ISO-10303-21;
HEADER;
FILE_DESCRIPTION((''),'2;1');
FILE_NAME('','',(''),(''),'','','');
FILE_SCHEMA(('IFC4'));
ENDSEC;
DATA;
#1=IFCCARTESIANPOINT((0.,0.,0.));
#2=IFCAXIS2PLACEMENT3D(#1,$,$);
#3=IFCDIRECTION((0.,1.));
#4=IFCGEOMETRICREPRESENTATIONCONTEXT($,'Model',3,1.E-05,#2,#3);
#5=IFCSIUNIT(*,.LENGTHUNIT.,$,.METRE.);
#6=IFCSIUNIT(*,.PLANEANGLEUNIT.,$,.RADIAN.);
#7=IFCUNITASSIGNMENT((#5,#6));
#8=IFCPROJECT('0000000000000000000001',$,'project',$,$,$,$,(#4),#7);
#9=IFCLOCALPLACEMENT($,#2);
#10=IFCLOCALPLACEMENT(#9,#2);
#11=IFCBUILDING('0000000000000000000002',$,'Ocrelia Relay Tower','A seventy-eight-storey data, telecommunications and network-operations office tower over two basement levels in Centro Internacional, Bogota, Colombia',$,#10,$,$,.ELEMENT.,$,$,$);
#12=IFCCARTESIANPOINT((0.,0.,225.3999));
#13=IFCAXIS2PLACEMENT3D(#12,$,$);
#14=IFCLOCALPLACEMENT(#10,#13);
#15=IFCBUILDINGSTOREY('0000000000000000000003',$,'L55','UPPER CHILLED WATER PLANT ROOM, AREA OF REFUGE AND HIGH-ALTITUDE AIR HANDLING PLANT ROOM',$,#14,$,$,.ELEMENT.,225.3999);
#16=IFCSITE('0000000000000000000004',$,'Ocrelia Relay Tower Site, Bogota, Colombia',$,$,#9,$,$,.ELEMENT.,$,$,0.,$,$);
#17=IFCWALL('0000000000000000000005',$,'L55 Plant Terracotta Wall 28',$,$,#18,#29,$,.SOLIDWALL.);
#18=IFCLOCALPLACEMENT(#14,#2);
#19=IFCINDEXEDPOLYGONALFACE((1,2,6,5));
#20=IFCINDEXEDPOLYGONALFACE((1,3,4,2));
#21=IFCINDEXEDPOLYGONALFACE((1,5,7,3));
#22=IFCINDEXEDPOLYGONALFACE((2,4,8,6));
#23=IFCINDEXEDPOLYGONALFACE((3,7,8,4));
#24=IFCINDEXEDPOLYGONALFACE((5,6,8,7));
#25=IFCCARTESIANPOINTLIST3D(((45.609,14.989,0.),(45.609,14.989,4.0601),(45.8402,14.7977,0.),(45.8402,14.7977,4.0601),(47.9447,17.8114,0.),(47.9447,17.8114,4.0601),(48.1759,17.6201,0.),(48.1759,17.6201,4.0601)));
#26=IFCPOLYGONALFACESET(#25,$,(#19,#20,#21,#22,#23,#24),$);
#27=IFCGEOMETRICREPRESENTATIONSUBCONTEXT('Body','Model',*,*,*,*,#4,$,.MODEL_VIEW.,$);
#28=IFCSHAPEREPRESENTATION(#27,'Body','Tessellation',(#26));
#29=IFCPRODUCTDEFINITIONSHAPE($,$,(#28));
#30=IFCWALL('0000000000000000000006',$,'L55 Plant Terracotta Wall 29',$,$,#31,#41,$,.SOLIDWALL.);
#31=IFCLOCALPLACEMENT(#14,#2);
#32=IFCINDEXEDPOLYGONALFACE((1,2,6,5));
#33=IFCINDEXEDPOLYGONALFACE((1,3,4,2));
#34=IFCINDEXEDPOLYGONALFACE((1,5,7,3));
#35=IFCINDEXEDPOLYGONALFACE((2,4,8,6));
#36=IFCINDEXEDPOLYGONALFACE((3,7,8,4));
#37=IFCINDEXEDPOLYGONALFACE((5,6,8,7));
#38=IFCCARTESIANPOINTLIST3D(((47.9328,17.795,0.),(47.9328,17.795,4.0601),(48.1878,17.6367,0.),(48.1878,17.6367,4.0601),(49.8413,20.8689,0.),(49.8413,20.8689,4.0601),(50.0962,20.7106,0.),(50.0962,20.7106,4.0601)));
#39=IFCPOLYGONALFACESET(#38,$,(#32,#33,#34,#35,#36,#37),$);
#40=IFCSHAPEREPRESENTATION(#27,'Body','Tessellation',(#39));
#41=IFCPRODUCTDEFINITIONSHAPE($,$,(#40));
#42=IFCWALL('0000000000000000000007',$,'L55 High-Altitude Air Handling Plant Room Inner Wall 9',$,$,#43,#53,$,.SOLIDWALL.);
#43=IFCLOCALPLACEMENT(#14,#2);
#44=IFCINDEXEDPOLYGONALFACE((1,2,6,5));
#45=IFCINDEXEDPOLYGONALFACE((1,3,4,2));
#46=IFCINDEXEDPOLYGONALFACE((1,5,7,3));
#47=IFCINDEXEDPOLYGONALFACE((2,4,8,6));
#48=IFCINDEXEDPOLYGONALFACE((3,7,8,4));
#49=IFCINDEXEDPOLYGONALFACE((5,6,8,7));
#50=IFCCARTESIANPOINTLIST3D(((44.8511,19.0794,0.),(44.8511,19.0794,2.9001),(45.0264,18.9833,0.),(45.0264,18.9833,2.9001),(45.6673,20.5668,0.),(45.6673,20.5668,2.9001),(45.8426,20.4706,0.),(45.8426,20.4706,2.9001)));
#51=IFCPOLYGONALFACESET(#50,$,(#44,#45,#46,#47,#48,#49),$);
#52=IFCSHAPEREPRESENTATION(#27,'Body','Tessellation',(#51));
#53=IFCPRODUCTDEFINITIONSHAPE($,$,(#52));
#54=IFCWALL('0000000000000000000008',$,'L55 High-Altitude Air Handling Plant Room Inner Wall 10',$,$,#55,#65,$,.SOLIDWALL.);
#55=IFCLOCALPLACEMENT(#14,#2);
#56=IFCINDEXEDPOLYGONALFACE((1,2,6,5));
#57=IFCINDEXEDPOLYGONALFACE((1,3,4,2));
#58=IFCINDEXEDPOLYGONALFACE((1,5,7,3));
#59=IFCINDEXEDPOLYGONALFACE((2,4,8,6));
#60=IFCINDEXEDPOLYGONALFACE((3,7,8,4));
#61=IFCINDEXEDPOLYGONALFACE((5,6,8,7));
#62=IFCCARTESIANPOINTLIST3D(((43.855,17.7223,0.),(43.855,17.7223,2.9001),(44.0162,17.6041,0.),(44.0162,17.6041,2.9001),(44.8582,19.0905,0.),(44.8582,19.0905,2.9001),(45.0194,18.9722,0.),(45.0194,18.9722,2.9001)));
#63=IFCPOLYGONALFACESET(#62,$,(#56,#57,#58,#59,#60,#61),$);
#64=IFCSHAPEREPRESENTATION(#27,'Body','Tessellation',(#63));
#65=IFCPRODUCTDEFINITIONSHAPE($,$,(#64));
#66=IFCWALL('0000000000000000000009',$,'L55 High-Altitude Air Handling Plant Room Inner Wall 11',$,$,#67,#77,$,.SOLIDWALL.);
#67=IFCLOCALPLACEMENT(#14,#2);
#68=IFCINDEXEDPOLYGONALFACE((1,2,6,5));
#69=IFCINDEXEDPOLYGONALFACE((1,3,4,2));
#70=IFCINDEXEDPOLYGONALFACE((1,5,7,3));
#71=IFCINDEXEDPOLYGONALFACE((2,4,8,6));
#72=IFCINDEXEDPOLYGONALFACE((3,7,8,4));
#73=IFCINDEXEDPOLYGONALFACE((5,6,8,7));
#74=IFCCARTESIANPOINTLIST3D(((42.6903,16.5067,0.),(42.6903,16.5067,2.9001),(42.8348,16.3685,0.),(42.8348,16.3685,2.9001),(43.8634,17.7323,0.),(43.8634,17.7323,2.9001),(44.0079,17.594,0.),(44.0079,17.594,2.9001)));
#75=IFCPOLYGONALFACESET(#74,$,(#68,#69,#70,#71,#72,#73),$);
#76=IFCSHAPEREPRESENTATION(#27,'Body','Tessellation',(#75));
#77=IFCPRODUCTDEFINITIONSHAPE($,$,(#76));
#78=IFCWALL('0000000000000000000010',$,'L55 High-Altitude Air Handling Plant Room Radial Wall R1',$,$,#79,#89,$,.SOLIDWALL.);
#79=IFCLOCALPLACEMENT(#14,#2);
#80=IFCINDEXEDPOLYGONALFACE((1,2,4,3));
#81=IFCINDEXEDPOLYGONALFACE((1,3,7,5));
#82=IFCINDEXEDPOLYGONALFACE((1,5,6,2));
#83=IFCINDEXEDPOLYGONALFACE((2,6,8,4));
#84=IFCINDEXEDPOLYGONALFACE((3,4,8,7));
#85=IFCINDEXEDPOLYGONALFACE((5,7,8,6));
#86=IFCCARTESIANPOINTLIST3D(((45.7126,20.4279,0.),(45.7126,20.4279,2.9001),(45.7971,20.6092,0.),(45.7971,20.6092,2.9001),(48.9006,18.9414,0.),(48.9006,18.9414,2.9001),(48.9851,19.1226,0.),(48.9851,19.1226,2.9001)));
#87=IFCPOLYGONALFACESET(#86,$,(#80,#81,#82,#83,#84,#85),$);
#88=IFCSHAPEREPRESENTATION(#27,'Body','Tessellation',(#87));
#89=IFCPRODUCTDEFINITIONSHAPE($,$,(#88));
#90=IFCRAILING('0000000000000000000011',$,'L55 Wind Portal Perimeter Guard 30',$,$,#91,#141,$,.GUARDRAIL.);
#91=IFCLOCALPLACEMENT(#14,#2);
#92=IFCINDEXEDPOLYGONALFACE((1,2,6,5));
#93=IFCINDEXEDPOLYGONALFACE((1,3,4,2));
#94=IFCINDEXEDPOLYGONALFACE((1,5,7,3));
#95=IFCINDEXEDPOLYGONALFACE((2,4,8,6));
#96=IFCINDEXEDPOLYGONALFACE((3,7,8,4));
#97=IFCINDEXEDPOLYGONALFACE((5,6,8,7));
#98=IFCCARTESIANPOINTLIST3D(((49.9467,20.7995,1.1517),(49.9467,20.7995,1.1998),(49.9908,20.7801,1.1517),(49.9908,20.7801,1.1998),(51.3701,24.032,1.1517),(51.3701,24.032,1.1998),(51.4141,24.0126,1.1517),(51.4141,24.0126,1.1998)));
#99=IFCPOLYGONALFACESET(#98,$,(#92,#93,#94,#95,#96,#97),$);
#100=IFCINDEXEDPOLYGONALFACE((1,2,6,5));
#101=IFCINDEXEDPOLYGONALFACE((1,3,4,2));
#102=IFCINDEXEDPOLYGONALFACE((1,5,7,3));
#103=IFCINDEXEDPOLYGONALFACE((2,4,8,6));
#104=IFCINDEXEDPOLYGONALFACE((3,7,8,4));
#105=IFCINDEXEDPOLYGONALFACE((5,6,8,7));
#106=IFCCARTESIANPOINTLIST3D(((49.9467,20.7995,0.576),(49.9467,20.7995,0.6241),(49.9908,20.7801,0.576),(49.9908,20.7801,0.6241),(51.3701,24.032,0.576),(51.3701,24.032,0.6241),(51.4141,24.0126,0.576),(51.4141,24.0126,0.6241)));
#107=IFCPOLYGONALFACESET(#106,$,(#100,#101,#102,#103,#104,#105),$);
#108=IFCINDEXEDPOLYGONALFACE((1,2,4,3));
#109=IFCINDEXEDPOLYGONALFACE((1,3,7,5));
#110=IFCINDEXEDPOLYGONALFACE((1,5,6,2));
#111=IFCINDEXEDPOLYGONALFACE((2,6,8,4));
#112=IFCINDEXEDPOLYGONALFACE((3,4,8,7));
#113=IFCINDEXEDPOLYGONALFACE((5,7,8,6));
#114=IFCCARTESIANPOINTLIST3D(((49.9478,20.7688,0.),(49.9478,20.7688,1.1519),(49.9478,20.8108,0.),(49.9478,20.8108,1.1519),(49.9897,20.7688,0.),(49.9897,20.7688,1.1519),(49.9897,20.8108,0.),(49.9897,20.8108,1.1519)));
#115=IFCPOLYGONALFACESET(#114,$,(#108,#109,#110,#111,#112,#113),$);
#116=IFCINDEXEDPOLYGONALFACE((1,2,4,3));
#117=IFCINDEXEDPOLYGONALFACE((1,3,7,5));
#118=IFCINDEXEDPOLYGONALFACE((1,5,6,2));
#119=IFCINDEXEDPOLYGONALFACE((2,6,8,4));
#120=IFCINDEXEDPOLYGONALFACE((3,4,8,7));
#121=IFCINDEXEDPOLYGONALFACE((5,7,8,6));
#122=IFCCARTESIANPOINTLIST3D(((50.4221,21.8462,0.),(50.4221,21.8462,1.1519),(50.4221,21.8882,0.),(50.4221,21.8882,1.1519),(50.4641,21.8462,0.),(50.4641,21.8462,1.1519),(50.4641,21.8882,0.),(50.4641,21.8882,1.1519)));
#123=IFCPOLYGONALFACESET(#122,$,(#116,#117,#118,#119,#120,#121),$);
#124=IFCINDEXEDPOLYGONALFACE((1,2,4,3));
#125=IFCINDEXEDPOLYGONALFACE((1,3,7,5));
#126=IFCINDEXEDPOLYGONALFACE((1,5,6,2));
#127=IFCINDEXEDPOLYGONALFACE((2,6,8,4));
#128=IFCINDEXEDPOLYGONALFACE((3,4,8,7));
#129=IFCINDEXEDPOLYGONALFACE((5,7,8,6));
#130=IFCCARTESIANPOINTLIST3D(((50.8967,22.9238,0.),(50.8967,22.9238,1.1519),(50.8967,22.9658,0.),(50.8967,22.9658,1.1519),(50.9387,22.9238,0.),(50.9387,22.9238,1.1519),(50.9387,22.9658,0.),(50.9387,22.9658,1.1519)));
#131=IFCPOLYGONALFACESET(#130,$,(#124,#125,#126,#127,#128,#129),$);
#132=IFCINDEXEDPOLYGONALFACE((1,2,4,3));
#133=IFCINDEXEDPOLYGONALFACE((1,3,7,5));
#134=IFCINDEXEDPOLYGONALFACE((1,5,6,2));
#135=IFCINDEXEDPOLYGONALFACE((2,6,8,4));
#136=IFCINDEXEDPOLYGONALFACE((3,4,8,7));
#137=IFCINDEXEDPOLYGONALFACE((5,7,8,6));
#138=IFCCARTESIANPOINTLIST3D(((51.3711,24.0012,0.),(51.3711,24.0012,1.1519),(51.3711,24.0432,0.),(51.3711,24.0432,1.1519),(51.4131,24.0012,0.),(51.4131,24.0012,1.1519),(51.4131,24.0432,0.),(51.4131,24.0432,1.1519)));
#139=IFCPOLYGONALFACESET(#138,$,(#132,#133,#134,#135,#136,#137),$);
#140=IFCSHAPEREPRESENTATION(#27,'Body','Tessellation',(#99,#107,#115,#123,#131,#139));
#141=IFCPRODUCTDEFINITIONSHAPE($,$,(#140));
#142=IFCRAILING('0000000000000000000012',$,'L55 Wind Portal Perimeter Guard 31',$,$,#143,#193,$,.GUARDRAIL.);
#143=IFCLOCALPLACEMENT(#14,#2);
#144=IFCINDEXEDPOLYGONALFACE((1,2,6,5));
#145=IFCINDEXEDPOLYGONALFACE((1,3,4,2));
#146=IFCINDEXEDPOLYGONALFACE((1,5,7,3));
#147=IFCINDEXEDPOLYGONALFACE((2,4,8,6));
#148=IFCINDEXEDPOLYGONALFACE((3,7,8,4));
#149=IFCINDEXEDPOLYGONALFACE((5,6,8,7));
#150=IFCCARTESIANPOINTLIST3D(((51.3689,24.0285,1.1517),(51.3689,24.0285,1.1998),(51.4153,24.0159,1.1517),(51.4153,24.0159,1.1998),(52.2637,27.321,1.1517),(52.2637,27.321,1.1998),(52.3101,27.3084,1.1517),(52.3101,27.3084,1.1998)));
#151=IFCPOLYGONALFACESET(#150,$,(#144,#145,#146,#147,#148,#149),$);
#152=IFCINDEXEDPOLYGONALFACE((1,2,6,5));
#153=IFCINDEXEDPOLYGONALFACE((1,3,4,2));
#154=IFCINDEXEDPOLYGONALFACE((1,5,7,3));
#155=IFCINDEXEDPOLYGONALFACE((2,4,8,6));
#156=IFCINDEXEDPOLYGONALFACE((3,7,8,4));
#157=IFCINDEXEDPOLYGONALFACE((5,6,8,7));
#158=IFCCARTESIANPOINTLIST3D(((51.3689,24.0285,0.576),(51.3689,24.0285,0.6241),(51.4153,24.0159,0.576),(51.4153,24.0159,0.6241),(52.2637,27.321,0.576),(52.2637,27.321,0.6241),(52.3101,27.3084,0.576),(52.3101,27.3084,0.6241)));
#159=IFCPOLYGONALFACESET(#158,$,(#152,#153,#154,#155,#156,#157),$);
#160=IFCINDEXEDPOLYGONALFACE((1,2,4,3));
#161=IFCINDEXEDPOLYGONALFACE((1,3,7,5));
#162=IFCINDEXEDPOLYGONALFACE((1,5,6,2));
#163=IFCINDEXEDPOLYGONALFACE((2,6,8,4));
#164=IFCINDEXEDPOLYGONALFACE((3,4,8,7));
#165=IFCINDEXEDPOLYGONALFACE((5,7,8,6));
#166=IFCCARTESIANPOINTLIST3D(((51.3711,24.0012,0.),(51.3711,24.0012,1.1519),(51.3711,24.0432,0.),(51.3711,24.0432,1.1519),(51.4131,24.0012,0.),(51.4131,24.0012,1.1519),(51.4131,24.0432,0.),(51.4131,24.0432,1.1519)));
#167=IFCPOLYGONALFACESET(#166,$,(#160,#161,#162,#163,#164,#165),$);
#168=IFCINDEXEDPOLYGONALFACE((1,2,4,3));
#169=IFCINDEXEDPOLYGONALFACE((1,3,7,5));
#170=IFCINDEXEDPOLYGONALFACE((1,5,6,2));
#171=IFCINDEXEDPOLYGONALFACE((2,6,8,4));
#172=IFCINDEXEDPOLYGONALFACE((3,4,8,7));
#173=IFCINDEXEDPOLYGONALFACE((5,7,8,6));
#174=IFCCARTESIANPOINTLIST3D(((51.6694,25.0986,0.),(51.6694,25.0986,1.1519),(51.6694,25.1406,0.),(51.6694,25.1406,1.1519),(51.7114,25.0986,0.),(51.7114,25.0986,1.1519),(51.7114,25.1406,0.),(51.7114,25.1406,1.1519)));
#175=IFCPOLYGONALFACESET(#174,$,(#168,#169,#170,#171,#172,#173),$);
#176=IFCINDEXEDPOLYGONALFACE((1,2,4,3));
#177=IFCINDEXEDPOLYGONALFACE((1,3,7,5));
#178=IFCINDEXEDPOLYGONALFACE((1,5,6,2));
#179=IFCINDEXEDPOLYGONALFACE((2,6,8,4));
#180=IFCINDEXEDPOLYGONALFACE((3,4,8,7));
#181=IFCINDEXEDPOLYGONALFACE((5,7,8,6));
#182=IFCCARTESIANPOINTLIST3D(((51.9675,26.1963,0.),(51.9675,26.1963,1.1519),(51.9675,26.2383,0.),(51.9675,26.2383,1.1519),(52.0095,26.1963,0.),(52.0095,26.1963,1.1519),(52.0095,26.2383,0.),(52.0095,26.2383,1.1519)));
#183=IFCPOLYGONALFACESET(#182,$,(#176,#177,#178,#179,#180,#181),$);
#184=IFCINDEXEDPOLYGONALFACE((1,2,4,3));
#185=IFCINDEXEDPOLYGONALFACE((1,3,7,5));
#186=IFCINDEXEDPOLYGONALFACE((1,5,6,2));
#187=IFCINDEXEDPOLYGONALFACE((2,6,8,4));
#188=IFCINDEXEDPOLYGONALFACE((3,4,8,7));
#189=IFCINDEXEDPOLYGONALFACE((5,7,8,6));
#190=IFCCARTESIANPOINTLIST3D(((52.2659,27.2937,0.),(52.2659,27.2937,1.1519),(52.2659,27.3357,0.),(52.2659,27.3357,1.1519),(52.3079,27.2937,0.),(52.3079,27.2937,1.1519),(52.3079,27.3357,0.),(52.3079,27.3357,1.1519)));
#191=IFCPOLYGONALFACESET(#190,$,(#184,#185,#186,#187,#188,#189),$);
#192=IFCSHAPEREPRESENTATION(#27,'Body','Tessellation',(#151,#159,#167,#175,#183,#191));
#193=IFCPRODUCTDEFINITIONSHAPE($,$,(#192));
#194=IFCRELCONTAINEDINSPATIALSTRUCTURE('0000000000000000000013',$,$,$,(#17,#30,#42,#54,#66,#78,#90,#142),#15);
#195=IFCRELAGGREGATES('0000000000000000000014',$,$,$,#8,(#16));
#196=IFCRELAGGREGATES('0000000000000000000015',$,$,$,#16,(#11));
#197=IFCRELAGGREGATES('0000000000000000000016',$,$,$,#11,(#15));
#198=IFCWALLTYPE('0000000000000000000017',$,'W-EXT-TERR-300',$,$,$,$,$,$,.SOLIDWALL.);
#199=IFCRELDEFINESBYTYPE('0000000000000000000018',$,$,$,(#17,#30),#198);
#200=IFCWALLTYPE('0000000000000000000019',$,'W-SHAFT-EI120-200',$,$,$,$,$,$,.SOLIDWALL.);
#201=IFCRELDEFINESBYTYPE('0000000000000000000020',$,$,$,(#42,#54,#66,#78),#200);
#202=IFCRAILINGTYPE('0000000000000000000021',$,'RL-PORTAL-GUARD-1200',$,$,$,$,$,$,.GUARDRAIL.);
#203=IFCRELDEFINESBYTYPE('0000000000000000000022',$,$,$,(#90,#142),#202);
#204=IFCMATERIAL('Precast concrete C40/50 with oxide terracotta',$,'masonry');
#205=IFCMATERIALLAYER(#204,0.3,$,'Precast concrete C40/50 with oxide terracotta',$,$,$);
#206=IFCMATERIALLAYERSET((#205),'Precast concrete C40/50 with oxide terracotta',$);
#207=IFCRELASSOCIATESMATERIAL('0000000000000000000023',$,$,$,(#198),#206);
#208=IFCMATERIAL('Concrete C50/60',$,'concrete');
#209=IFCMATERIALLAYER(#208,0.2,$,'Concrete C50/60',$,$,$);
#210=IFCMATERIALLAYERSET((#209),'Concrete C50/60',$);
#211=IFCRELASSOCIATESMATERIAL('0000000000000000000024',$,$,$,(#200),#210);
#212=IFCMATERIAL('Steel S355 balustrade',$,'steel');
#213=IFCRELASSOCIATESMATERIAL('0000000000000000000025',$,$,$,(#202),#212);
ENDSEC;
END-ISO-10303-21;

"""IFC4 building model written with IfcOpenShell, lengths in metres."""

from ifc_helpers import new_model, si_unit, direction, frame, frame_2d, origin, origin_2d, place, context, subcontext, project, spatial, rectangle, extrude, material, layer, layer_set, type_object, element, save


model = new_model("IFC4")

# Units and contexts
model_context = context("Model", 3, precision=1e-05, world=origin(), true_north=direction((0.0, 1.0)))
body_context = subcontext(model_context, "Body", "Model", "MODEL_VIEW")
ifc_project = project(units=[si_unit("LENGTHUNIT", "METRE"), si_unit("PLANEANGLEUNIT", "RADIAN")], contexts=[model_context])

# Site, building, storey
site_placement = place(None, origin())
site = spatial("IfcSite", under=ifc_project, at=site_placement, Name="Ocrelia Relay Tower Site, Bogota, Colombia", CompositionType="ELEMENT", RefElevation=0.0)
building_placement = place(site_placement, origin())
building = spatial("IfcBuilding", under=site, at=building_placement, Name="Ocrelia Relay Tower", Description="A seventy-eight-storey data, telecommunications and network-operations office tower over two basement levels in Centro Internacional, Bogota, Colombia", CompositionType="ELEMENT")
storey_placement = place(building_placement, frame((0.0, 0.0, 225.3999)))
storey = spatial("IfcBuildingStorey", under=building, at=storey_placement, Name="L55", Description="UPPER CHILLED WATER PLANT ROOM, AREA OF REFUGE AND HIGH-ALTITUDE AIR HANDLING PLANT ROOM", CompositionType="ELEMENT", Elevation=225.3999)

# Walls
ifc_material_1 = material(Name="Precast concrete C40/50 with oxide terracotta", Category="masonry")
ifc_layer_1 = layer(ifc_material_1, 0.3, Name="Precast concrete C40/50 with oxide terracotta")
ifc_layer_set_1 = layer_set([ifc_layer_1], Name="Precast concrete C40/50 with oxide terracotta")
wall_type_1 = type_object("IfcWallType", Name="W-EXT-TERR-300", PredefinedType="SOLIDWALL", material=ifc_layer_set_1)
wall_1_placement = place(storey_placement, frame((45.7246, 14.8933, 0.0), z_axis=(0.0, 0.0, 1.0), x_axis=(0.637539, 0.770418, 0.0)))
element("IfcWall", 1, at=wall_1_placement, inside=storey, type_object=wall_type_1, Name="L55 Plant Terracotta Wall 28", PredefinedType="SOLIDWALL", context=body_context, shape_type="SweptSolid", body=[
    extrude(rectangle(XDim=3.6636, YDim=0.3, at=frame_2d((1.8318, 0.0))), origin(), (0.0, 0.0, 1.0), 4.0601),
])
wall_2_placement = place(storey_placement, frame((48.0603, 17.7158, 0.0), z_axis=(0.0, 0.0, 1.0), x_axis=(0.527455, 0.849583, 0.0)))
element("IfcWall", 2, at=wall_2_placement, inside=storey, type_object=wall_type_1, Name="L55 Plant Terracotta Wall 29", PredefinedType="SOLIDWALL", context=body_context, shape_type="SweptSolid", body=[
    extrude(rectangle(XDim=3.6182, YDim=0.3, at=frame_2d((1.8091, 0.0))), origin(), (0.0, 0.0, 1.0), 4.0601),
])
ifc_material_2 = material(Name="Concrete C50/60", Category="concrete")
ifc_layer_2 = layer(ifc_material_2, 0.2, Name="Concrete C50/60")
ifc_layer_set_2 = layer_set([ifc_layer_2], Name="Concrete C50/60")
wall_type_2 = type_object("IfcWallType", Name="W-SHAFT-EI120-200", PredefinedType="SOLIDWALL", material=ifc_layer_set_2)
for number, where, z_axis, x_axis, name in (
    (3, (45.7549, 20.5186, 0.0), (0.0, 0.0, 1.0), (-0.481079, -0.876677, 0.0), "L55 High-Altitude Air Handling Plant Room Inner Wall 9"),
    (4, (44.9387, 19.0312, 0.0), (0.0, 0.0, 1.0), (-0.591308, -0.806446, 0.0), "L55 High-Altitude Air Handling Plant Room Inner Wall 10"),
    (5, (43.9355, 17.6631, 0.0), (0.0, 0.0, 1.0), (-0.691468, -0.722407, 0.0), "L55 High-Altitude Air Handling Plant Room Inner Wall 11"),
):
    element("IfcWall", number, at=place(storey_placement, frame(where, z_axis=z_axis, x_axis=x_axis)), inside=storey, type_object=wall_type_2, Name=name, PredefinedType="SOLIDWALL", context=body_context, shape_type="SweptSolid", body=[
        extrude(rectangle(XDim=1.6965, YDim=0.2, at=frame_2d((0.8481, 0.0))), origin(), (0.0, 0.0, 1.0), 2.9001),
    ])
wall_3_placement = place(storey_placement, frame((45.7549, 20.5186, 0.0), z_axis=(0.0, 0.0, 1.0), x_axis=(0.906309, -0.422616, 0.0)))
element("IfcWall", 6, at=wall_3_placement, inside=storey, type_object=wall_type_2, Name="L55 High-Altitude Air Handling Plant Room Radial Wall R1", PredefinedType="SOLIDWALL", context=body_context, shape_type="SweptSolid", body=[
    extrude(rectangle(XDim=3.5176, YDim=0.2, at=frame_2d((1.7588, 0.0))), origin(), (0.0, 0.0, 1.0), 2.9001),
])

# Railings
ifc_material_3 = material(Name="Steel S355 balustrade", Category="steel")
railing_type = type_object("IfcRailingType", Name="RL-PORTAL-GUARD-1200", PredefinedType="GUARDRAIL", material=ifc_material_3)
railing_1_placement = place(storey_placement, frame((49.9688, 20.7898, 0.0)))
element("IfcRailing", 7, at=railing_1_placement, inside=storey, type_object=railing_type, Name="L55 Wind Portal Perimeter Guard 30", PredefinedType="GUARDRAIL", context=body_context, shape_type="SweptSolid", body=[
    extrude(rectangle(XDim=0.0481, YDim=0.0481, at=origin_2d()), frame((0.0, 0.0, 1.1758), z_axis=(0.402993, 0.915203, 0.0), x_axis=(-0.915203, 0.402993, 0.0)), (0.0, 0.0, 1.0), 3.532),
    extrude(rectangle(XDim=0.0481, YDim=0.0481, at=origin_2d()), frame((0.0, 0.0, 0.6001), z_axis=(0.402993, 0.915203, 0.0), x_axis=(-0.915203, 0.402993, 0.0)), (0.0, 0.0, 1.0), 3.532),
    extrude(rectangle(XDim=0.042, YDim=0.042, at=origin_2d()), origin(), (0.0, 0.0, 1.0), 1.1519),
    extrude(rectangle(XDim=0.042, YDim=0.042, at=origin_2d()), frame((0.4744, 1.0774, 0.0)), (0.0, 0.0, 1.0), 1.1519),
    extrude(rectangle(XDim=0.042, YDim=0.042, at=origin_2d()), frame((0.949, 2.155, 0.0)), (0.0, 0.0, 1.0), 1.1519),
    extrude(rectangle(XDim=0.042, YDim=0.042, at=origin_2d()), frame((1.4233, 3.2324, 0.0)), (0.0, 0.0, 1.0), 1.1519),
])
railing_2_placement = place(storey_placement, frame((51.3921, 24.0222, 0.0)))
element("IfcRailing", 8, at=railing_2_placement, inside=storey, type_object=railing_type, Name="L55 Wind Portal Perimeter Guard 31", PredefinedType="GUARDRAIL", context=body_context, shape_type="SweptSolid", body=[
    extrude(rectangle(XDim=0.0481, YDim=0.0481, at=origin_2d()), frame((0.0, 0.0, 1.1758), z_axis=(0.262251, 0.965, 0.0), x_axis=(-0.965, 0.262251, 0.0)), (0.0, 0.0, 1.0), 3.4119),
    extrude(rectangle(XDim=0.0481, YDim=0.0481, at=origin_2d()), frame((0.0, 0.0, 0.6001), z_axis=(0.262251, 0.965, 0.0), x_axis=(-0.965, 0.262251, 0.0)), (0.0, 0.0, 1.0), 3.4119),
    extrude(rectangle(XDim=0.042, YDim=0.042, at=origin_2d()), origin(), (0.0, 0.0, 1.0), 1.1519),
    extrude(rectangle(XDim=0.042, YDim=0.042, at=origin_2d()), frame((0.2983, 1.0974, 0.0)), (0.0, 0.0, 1.0), 1.1519),
    extrude(rectangle(XDim=0.042, YDim=0.042, at=origin_2d()), frame((0.5964, 2.1951, 0.0)), (0.0, 0.0, 1.0), 1.1519),
    extrude(rectangle(XDim=0.042, YDim=0.042, at=origin_2d()), frame((0.8948, 3.2925, 0.0)), (0.0, 0.0, 1.0), 1.1519),
])

save(model, "model.ifc")
